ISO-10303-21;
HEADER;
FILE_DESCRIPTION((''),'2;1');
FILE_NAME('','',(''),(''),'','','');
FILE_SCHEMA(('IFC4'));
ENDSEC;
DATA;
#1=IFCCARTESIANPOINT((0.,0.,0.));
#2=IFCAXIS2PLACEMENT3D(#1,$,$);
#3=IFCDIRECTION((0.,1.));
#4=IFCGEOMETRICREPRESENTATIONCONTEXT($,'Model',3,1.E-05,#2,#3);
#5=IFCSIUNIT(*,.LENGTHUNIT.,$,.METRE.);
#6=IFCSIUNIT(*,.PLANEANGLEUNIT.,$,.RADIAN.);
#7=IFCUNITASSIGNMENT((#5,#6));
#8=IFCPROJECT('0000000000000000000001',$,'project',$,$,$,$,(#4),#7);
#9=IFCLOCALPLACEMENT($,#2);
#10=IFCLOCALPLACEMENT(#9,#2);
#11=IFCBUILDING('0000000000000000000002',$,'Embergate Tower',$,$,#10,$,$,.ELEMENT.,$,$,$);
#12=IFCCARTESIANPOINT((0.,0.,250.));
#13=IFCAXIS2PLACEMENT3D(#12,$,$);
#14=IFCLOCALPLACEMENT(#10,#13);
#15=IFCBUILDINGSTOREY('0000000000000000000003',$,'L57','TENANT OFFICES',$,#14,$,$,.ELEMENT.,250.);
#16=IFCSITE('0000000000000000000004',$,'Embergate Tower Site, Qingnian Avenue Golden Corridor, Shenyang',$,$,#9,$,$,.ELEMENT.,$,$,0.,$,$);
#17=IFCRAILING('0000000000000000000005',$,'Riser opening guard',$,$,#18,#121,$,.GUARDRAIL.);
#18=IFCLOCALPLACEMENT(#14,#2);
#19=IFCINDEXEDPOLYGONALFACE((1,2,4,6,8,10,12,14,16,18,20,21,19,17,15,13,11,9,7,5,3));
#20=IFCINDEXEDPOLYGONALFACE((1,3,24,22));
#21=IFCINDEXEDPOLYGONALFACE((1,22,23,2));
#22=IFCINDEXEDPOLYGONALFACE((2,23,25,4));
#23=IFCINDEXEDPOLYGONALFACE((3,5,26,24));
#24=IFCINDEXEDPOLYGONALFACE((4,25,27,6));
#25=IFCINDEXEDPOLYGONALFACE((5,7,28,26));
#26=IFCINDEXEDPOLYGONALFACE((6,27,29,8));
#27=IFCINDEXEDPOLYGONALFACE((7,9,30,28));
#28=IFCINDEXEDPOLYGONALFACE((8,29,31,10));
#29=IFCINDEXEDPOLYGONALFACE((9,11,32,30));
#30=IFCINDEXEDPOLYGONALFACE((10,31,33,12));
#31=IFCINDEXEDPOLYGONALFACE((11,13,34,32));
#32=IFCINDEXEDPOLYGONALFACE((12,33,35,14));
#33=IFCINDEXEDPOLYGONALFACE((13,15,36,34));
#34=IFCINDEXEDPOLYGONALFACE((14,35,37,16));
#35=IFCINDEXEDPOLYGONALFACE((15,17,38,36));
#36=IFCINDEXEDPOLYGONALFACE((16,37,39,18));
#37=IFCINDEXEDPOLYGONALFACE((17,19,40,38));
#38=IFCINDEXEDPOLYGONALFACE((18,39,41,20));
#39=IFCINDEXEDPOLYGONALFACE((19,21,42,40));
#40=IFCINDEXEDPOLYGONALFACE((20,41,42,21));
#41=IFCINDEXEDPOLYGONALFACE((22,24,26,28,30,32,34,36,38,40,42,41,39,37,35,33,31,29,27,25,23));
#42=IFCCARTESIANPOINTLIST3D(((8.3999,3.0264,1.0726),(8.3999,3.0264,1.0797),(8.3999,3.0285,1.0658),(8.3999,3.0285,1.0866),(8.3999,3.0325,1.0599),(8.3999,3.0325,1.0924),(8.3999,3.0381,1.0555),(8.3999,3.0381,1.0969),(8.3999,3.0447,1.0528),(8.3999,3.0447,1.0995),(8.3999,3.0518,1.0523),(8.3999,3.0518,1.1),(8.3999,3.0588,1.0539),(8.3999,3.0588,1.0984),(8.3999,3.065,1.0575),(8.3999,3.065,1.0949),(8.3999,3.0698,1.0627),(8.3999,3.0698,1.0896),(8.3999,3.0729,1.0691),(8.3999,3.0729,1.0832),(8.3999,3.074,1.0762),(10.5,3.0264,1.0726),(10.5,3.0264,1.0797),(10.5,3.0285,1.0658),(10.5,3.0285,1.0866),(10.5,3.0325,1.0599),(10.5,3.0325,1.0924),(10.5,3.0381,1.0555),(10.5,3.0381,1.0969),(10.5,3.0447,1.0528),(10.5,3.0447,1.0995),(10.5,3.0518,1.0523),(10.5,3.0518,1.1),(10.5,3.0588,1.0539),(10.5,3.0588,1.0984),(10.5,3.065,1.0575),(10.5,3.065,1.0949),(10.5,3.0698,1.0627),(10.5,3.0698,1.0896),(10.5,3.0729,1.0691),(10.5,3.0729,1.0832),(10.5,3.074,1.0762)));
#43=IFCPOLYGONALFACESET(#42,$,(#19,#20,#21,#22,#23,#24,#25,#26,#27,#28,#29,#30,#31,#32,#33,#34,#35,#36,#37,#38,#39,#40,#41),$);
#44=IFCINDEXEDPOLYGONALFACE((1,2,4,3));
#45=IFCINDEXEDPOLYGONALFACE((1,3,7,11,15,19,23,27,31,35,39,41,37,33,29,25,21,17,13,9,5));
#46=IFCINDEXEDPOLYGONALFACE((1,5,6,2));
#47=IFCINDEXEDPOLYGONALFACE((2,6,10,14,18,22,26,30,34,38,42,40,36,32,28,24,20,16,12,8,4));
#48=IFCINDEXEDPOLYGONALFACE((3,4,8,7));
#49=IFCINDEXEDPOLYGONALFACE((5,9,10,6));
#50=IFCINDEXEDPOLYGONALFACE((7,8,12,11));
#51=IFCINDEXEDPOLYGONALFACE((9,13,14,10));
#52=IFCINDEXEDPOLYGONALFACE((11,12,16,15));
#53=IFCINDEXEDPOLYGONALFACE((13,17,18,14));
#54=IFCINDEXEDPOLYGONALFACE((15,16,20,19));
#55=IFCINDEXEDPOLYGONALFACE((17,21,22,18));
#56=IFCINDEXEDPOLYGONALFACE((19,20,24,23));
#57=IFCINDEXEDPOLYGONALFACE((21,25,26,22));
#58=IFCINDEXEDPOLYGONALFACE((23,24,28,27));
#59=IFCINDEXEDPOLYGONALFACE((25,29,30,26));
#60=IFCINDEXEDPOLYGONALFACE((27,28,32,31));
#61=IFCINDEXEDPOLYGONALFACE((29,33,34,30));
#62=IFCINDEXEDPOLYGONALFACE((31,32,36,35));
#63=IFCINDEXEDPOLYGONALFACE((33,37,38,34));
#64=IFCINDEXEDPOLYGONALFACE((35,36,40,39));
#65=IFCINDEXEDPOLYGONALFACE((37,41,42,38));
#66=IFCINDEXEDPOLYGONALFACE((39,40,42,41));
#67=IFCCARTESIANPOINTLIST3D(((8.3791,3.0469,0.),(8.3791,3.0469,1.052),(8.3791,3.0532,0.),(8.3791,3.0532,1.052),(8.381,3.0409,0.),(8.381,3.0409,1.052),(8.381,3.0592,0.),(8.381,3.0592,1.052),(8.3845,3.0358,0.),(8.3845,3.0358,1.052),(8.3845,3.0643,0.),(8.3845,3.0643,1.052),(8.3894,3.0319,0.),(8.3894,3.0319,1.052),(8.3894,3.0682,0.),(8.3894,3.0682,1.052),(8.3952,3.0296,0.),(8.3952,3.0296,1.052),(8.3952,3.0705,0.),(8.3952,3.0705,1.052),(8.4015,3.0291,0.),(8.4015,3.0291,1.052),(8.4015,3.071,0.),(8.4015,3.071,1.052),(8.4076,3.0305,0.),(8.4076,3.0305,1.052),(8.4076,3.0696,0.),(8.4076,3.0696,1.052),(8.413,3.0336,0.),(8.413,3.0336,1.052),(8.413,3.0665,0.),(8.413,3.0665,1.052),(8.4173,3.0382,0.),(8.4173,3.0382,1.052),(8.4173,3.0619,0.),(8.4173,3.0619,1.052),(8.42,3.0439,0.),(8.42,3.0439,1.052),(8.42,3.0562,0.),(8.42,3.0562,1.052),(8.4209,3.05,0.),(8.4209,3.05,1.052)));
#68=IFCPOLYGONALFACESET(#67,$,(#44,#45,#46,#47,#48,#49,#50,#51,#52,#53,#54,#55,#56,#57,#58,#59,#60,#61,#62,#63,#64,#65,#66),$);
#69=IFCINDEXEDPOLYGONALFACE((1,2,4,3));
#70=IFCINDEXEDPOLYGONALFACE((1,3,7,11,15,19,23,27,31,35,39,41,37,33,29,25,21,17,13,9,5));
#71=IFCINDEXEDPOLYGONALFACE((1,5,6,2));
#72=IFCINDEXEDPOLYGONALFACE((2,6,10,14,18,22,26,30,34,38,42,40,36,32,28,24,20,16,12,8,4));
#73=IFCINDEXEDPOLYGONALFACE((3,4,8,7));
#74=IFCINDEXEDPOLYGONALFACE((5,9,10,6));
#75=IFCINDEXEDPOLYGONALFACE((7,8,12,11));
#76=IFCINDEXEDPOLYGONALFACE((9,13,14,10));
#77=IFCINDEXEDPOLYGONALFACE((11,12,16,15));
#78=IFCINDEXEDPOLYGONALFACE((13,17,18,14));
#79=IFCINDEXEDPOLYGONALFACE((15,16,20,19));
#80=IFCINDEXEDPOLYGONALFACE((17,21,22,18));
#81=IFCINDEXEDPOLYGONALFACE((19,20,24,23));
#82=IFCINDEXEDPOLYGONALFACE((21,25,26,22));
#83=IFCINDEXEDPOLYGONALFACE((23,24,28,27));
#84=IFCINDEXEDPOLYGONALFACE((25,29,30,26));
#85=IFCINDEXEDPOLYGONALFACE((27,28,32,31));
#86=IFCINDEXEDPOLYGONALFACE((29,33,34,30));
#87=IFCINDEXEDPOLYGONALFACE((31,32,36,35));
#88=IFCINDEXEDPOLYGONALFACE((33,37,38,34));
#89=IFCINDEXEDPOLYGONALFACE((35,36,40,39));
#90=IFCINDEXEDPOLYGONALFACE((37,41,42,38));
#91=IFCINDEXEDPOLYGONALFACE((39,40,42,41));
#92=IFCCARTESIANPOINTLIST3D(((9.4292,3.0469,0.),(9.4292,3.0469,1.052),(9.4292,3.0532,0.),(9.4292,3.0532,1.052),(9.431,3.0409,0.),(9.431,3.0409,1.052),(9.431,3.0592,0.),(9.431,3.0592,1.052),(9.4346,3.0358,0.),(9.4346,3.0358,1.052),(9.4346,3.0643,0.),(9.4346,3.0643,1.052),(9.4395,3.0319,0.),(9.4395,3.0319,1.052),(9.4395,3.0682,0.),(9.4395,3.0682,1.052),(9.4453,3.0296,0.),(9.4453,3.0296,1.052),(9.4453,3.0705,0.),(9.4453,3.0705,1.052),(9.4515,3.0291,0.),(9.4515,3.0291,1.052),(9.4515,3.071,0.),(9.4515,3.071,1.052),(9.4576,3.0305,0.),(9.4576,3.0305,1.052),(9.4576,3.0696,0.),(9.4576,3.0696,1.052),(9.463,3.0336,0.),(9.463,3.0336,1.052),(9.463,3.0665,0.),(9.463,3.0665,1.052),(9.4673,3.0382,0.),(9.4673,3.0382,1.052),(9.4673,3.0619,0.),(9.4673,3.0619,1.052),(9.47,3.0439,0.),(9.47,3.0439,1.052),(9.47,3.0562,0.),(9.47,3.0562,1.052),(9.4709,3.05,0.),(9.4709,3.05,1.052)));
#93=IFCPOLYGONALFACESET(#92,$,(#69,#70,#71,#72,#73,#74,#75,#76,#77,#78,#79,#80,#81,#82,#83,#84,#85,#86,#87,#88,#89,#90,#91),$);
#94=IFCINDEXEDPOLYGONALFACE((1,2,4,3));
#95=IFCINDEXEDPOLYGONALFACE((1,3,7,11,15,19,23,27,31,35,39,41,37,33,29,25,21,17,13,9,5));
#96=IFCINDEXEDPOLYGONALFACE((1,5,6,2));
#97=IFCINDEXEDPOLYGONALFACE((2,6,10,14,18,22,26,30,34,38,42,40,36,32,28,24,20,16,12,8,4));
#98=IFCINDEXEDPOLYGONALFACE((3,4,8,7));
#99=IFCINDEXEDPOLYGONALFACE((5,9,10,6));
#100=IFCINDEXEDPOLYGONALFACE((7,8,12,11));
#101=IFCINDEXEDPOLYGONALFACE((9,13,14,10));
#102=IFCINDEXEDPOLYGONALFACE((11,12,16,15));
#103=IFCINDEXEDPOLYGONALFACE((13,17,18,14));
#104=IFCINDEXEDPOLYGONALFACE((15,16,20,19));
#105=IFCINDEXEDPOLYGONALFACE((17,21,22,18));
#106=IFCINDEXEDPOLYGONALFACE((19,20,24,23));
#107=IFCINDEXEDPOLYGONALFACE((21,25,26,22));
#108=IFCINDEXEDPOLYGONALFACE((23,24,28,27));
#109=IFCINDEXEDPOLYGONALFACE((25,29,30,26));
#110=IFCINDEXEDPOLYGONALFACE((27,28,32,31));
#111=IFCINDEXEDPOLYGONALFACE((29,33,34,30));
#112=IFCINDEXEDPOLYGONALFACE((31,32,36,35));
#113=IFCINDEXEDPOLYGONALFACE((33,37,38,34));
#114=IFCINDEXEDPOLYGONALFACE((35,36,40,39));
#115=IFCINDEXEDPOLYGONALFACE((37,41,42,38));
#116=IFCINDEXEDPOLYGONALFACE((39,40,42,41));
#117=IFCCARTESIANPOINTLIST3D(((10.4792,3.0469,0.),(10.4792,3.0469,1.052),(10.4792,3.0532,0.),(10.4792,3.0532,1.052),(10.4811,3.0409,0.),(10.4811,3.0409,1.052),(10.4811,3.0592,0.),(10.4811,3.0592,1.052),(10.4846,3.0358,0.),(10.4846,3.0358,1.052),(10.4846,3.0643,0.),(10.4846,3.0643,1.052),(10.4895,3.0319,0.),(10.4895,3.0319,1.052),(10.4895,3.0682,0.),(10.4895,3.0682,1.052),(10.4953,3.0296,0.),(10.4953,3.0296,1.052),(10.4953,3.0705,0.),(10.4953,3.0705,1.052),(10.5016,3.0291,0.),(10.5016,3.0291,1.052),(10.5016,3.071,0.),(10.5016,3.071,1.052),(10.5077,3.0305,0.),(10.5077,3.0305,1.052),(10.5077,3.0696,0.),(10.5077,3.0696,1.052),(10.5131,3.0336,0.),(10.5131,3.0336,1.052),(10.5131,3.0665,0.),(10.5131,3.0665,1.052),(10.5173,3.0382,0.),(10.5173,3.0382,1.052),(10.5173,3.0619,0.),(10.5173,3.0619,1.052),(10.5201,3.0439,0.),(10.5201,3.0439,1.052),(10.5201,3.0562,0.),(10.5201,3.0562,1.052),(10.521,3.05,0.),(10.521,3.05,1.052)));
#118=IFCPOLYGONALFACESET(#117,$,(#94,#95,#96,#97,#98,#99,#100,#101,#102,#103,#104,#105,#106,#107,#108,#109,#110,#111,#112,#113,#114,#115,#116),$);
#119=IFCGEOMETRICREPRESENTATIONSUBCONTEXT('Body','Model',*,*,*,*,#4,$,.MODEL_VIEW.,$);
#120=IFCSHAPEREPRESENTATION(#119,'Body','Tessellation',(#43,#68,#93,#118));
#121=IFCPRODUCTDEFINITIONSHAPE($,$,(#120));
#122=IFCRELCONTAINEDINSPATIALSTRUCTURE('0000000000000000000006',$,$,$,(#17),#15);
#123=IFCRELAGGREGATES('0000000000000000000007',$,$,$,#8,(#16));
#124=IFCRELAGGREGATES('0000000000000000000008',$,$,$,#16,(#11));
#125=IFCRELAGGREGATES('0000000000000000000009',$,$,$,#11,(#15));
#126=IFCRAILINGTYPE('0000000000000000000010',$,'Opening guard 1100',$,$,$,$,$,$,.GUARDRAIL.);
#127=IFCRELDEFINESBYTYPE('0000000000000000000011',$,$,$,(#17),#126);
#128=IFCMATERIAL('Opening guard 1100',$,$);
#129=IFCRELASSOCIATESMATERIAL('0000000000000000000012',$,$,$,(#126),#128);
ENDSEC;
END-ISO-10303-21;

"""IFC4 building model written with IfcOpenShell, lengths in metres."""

from ifc_helpers import new_model, si_unit, direction, frame, origin, origin_2d, place, context, subcontext, project, spatial, circle, extrude, source, transform, mapped, material, type_object, element, save


model = new_model("IFC4")

# Units and contexts
model_context = context("Model", 3, precision=1e-05, world=origin(), true_north=direction((0.0, 1.0)))
body_context = subcontext(model_context, "Body", "Model", "MODEL_VIEW")
ifc_project = project(units=[si_unit("LENGTHUNIT", "METRE"), si_unit("PLANEANGLEUNIT", "RADIAN")], contexts=[model_context])

# Site, building, storey
site_placement = place(None, origin())
site = spatial("IfcSite", under=ifc_project, at=site_placement, Name="Embergate Tower Site, Qingnian Avenue Golden Corridor, Shenyang", CompositionType="ELEMENT", RefElevation=0.0)
building_placement = place(site_placement, origin())
building = spatial("IfcBuilding", under=site, at=building_placement, Name="Embergate Tower", CompositionType="ELEMENT")
storey_placement = place(building_placement, frame((0.0, 0.0, 250.0)))
storey = spatial("IfcBuildingStorey", under=building, at=storey_placement, Name="L57", Description="TENANT OFFICES", CompositionType="ELEMENT", Elevation=250.0)

# Railing
ifc_material_1 = material(Name="Opening guard 1100")
railing_type_1 = type_object("IfcRailingType", Name="Opening guard 1100", PredefinedType="GUARDRAIL", material=ifc_material_1)
shared_shape_1 = source(origin(), body_context, "Body", "SweptSolid", [
    extrude(circle(Radius=0.0239, at=origin_2d()), frame((0.0, 0.0, 1.0762), z_axis=(1.0, 0.0, 0.0), x_axis=(0.0, 1.0, 0.0)), (0.0, 0.0, 1.0), 2.1001),
    extrude(circle(Radius=0.021, at=origin_2d()), origin(), (0.0, 0.0, 1.0), 1.052),
    extrude(circle(Radius=0.021, at=origin_2d()), frame((1.05, 0.0, 0.0)), (0.0, 0.0, 1.0), 1.052),
    extrude(circle(Radius=0.021, at=origin_2d()), frame((2.1001, 0.0, 0.0)), (0.0, 0.0, 1.0), 1.052),
])
railing_1_placement = place(storey_placement, frame((8.3999, 3.05, 0.0)))
element("IfcRailing", 1, at=railing_1_placement, inside=storey, type_object=railing_type_1, Name="Riser opening guard", PredefinedType="GUARDRAIL", context=body_context, shape_type="MappedRepresentation", body=[
    mapped(shared_shape_1, transform((0.0, 0.0, 0.0))),
])

save(model, "model.ifc")
